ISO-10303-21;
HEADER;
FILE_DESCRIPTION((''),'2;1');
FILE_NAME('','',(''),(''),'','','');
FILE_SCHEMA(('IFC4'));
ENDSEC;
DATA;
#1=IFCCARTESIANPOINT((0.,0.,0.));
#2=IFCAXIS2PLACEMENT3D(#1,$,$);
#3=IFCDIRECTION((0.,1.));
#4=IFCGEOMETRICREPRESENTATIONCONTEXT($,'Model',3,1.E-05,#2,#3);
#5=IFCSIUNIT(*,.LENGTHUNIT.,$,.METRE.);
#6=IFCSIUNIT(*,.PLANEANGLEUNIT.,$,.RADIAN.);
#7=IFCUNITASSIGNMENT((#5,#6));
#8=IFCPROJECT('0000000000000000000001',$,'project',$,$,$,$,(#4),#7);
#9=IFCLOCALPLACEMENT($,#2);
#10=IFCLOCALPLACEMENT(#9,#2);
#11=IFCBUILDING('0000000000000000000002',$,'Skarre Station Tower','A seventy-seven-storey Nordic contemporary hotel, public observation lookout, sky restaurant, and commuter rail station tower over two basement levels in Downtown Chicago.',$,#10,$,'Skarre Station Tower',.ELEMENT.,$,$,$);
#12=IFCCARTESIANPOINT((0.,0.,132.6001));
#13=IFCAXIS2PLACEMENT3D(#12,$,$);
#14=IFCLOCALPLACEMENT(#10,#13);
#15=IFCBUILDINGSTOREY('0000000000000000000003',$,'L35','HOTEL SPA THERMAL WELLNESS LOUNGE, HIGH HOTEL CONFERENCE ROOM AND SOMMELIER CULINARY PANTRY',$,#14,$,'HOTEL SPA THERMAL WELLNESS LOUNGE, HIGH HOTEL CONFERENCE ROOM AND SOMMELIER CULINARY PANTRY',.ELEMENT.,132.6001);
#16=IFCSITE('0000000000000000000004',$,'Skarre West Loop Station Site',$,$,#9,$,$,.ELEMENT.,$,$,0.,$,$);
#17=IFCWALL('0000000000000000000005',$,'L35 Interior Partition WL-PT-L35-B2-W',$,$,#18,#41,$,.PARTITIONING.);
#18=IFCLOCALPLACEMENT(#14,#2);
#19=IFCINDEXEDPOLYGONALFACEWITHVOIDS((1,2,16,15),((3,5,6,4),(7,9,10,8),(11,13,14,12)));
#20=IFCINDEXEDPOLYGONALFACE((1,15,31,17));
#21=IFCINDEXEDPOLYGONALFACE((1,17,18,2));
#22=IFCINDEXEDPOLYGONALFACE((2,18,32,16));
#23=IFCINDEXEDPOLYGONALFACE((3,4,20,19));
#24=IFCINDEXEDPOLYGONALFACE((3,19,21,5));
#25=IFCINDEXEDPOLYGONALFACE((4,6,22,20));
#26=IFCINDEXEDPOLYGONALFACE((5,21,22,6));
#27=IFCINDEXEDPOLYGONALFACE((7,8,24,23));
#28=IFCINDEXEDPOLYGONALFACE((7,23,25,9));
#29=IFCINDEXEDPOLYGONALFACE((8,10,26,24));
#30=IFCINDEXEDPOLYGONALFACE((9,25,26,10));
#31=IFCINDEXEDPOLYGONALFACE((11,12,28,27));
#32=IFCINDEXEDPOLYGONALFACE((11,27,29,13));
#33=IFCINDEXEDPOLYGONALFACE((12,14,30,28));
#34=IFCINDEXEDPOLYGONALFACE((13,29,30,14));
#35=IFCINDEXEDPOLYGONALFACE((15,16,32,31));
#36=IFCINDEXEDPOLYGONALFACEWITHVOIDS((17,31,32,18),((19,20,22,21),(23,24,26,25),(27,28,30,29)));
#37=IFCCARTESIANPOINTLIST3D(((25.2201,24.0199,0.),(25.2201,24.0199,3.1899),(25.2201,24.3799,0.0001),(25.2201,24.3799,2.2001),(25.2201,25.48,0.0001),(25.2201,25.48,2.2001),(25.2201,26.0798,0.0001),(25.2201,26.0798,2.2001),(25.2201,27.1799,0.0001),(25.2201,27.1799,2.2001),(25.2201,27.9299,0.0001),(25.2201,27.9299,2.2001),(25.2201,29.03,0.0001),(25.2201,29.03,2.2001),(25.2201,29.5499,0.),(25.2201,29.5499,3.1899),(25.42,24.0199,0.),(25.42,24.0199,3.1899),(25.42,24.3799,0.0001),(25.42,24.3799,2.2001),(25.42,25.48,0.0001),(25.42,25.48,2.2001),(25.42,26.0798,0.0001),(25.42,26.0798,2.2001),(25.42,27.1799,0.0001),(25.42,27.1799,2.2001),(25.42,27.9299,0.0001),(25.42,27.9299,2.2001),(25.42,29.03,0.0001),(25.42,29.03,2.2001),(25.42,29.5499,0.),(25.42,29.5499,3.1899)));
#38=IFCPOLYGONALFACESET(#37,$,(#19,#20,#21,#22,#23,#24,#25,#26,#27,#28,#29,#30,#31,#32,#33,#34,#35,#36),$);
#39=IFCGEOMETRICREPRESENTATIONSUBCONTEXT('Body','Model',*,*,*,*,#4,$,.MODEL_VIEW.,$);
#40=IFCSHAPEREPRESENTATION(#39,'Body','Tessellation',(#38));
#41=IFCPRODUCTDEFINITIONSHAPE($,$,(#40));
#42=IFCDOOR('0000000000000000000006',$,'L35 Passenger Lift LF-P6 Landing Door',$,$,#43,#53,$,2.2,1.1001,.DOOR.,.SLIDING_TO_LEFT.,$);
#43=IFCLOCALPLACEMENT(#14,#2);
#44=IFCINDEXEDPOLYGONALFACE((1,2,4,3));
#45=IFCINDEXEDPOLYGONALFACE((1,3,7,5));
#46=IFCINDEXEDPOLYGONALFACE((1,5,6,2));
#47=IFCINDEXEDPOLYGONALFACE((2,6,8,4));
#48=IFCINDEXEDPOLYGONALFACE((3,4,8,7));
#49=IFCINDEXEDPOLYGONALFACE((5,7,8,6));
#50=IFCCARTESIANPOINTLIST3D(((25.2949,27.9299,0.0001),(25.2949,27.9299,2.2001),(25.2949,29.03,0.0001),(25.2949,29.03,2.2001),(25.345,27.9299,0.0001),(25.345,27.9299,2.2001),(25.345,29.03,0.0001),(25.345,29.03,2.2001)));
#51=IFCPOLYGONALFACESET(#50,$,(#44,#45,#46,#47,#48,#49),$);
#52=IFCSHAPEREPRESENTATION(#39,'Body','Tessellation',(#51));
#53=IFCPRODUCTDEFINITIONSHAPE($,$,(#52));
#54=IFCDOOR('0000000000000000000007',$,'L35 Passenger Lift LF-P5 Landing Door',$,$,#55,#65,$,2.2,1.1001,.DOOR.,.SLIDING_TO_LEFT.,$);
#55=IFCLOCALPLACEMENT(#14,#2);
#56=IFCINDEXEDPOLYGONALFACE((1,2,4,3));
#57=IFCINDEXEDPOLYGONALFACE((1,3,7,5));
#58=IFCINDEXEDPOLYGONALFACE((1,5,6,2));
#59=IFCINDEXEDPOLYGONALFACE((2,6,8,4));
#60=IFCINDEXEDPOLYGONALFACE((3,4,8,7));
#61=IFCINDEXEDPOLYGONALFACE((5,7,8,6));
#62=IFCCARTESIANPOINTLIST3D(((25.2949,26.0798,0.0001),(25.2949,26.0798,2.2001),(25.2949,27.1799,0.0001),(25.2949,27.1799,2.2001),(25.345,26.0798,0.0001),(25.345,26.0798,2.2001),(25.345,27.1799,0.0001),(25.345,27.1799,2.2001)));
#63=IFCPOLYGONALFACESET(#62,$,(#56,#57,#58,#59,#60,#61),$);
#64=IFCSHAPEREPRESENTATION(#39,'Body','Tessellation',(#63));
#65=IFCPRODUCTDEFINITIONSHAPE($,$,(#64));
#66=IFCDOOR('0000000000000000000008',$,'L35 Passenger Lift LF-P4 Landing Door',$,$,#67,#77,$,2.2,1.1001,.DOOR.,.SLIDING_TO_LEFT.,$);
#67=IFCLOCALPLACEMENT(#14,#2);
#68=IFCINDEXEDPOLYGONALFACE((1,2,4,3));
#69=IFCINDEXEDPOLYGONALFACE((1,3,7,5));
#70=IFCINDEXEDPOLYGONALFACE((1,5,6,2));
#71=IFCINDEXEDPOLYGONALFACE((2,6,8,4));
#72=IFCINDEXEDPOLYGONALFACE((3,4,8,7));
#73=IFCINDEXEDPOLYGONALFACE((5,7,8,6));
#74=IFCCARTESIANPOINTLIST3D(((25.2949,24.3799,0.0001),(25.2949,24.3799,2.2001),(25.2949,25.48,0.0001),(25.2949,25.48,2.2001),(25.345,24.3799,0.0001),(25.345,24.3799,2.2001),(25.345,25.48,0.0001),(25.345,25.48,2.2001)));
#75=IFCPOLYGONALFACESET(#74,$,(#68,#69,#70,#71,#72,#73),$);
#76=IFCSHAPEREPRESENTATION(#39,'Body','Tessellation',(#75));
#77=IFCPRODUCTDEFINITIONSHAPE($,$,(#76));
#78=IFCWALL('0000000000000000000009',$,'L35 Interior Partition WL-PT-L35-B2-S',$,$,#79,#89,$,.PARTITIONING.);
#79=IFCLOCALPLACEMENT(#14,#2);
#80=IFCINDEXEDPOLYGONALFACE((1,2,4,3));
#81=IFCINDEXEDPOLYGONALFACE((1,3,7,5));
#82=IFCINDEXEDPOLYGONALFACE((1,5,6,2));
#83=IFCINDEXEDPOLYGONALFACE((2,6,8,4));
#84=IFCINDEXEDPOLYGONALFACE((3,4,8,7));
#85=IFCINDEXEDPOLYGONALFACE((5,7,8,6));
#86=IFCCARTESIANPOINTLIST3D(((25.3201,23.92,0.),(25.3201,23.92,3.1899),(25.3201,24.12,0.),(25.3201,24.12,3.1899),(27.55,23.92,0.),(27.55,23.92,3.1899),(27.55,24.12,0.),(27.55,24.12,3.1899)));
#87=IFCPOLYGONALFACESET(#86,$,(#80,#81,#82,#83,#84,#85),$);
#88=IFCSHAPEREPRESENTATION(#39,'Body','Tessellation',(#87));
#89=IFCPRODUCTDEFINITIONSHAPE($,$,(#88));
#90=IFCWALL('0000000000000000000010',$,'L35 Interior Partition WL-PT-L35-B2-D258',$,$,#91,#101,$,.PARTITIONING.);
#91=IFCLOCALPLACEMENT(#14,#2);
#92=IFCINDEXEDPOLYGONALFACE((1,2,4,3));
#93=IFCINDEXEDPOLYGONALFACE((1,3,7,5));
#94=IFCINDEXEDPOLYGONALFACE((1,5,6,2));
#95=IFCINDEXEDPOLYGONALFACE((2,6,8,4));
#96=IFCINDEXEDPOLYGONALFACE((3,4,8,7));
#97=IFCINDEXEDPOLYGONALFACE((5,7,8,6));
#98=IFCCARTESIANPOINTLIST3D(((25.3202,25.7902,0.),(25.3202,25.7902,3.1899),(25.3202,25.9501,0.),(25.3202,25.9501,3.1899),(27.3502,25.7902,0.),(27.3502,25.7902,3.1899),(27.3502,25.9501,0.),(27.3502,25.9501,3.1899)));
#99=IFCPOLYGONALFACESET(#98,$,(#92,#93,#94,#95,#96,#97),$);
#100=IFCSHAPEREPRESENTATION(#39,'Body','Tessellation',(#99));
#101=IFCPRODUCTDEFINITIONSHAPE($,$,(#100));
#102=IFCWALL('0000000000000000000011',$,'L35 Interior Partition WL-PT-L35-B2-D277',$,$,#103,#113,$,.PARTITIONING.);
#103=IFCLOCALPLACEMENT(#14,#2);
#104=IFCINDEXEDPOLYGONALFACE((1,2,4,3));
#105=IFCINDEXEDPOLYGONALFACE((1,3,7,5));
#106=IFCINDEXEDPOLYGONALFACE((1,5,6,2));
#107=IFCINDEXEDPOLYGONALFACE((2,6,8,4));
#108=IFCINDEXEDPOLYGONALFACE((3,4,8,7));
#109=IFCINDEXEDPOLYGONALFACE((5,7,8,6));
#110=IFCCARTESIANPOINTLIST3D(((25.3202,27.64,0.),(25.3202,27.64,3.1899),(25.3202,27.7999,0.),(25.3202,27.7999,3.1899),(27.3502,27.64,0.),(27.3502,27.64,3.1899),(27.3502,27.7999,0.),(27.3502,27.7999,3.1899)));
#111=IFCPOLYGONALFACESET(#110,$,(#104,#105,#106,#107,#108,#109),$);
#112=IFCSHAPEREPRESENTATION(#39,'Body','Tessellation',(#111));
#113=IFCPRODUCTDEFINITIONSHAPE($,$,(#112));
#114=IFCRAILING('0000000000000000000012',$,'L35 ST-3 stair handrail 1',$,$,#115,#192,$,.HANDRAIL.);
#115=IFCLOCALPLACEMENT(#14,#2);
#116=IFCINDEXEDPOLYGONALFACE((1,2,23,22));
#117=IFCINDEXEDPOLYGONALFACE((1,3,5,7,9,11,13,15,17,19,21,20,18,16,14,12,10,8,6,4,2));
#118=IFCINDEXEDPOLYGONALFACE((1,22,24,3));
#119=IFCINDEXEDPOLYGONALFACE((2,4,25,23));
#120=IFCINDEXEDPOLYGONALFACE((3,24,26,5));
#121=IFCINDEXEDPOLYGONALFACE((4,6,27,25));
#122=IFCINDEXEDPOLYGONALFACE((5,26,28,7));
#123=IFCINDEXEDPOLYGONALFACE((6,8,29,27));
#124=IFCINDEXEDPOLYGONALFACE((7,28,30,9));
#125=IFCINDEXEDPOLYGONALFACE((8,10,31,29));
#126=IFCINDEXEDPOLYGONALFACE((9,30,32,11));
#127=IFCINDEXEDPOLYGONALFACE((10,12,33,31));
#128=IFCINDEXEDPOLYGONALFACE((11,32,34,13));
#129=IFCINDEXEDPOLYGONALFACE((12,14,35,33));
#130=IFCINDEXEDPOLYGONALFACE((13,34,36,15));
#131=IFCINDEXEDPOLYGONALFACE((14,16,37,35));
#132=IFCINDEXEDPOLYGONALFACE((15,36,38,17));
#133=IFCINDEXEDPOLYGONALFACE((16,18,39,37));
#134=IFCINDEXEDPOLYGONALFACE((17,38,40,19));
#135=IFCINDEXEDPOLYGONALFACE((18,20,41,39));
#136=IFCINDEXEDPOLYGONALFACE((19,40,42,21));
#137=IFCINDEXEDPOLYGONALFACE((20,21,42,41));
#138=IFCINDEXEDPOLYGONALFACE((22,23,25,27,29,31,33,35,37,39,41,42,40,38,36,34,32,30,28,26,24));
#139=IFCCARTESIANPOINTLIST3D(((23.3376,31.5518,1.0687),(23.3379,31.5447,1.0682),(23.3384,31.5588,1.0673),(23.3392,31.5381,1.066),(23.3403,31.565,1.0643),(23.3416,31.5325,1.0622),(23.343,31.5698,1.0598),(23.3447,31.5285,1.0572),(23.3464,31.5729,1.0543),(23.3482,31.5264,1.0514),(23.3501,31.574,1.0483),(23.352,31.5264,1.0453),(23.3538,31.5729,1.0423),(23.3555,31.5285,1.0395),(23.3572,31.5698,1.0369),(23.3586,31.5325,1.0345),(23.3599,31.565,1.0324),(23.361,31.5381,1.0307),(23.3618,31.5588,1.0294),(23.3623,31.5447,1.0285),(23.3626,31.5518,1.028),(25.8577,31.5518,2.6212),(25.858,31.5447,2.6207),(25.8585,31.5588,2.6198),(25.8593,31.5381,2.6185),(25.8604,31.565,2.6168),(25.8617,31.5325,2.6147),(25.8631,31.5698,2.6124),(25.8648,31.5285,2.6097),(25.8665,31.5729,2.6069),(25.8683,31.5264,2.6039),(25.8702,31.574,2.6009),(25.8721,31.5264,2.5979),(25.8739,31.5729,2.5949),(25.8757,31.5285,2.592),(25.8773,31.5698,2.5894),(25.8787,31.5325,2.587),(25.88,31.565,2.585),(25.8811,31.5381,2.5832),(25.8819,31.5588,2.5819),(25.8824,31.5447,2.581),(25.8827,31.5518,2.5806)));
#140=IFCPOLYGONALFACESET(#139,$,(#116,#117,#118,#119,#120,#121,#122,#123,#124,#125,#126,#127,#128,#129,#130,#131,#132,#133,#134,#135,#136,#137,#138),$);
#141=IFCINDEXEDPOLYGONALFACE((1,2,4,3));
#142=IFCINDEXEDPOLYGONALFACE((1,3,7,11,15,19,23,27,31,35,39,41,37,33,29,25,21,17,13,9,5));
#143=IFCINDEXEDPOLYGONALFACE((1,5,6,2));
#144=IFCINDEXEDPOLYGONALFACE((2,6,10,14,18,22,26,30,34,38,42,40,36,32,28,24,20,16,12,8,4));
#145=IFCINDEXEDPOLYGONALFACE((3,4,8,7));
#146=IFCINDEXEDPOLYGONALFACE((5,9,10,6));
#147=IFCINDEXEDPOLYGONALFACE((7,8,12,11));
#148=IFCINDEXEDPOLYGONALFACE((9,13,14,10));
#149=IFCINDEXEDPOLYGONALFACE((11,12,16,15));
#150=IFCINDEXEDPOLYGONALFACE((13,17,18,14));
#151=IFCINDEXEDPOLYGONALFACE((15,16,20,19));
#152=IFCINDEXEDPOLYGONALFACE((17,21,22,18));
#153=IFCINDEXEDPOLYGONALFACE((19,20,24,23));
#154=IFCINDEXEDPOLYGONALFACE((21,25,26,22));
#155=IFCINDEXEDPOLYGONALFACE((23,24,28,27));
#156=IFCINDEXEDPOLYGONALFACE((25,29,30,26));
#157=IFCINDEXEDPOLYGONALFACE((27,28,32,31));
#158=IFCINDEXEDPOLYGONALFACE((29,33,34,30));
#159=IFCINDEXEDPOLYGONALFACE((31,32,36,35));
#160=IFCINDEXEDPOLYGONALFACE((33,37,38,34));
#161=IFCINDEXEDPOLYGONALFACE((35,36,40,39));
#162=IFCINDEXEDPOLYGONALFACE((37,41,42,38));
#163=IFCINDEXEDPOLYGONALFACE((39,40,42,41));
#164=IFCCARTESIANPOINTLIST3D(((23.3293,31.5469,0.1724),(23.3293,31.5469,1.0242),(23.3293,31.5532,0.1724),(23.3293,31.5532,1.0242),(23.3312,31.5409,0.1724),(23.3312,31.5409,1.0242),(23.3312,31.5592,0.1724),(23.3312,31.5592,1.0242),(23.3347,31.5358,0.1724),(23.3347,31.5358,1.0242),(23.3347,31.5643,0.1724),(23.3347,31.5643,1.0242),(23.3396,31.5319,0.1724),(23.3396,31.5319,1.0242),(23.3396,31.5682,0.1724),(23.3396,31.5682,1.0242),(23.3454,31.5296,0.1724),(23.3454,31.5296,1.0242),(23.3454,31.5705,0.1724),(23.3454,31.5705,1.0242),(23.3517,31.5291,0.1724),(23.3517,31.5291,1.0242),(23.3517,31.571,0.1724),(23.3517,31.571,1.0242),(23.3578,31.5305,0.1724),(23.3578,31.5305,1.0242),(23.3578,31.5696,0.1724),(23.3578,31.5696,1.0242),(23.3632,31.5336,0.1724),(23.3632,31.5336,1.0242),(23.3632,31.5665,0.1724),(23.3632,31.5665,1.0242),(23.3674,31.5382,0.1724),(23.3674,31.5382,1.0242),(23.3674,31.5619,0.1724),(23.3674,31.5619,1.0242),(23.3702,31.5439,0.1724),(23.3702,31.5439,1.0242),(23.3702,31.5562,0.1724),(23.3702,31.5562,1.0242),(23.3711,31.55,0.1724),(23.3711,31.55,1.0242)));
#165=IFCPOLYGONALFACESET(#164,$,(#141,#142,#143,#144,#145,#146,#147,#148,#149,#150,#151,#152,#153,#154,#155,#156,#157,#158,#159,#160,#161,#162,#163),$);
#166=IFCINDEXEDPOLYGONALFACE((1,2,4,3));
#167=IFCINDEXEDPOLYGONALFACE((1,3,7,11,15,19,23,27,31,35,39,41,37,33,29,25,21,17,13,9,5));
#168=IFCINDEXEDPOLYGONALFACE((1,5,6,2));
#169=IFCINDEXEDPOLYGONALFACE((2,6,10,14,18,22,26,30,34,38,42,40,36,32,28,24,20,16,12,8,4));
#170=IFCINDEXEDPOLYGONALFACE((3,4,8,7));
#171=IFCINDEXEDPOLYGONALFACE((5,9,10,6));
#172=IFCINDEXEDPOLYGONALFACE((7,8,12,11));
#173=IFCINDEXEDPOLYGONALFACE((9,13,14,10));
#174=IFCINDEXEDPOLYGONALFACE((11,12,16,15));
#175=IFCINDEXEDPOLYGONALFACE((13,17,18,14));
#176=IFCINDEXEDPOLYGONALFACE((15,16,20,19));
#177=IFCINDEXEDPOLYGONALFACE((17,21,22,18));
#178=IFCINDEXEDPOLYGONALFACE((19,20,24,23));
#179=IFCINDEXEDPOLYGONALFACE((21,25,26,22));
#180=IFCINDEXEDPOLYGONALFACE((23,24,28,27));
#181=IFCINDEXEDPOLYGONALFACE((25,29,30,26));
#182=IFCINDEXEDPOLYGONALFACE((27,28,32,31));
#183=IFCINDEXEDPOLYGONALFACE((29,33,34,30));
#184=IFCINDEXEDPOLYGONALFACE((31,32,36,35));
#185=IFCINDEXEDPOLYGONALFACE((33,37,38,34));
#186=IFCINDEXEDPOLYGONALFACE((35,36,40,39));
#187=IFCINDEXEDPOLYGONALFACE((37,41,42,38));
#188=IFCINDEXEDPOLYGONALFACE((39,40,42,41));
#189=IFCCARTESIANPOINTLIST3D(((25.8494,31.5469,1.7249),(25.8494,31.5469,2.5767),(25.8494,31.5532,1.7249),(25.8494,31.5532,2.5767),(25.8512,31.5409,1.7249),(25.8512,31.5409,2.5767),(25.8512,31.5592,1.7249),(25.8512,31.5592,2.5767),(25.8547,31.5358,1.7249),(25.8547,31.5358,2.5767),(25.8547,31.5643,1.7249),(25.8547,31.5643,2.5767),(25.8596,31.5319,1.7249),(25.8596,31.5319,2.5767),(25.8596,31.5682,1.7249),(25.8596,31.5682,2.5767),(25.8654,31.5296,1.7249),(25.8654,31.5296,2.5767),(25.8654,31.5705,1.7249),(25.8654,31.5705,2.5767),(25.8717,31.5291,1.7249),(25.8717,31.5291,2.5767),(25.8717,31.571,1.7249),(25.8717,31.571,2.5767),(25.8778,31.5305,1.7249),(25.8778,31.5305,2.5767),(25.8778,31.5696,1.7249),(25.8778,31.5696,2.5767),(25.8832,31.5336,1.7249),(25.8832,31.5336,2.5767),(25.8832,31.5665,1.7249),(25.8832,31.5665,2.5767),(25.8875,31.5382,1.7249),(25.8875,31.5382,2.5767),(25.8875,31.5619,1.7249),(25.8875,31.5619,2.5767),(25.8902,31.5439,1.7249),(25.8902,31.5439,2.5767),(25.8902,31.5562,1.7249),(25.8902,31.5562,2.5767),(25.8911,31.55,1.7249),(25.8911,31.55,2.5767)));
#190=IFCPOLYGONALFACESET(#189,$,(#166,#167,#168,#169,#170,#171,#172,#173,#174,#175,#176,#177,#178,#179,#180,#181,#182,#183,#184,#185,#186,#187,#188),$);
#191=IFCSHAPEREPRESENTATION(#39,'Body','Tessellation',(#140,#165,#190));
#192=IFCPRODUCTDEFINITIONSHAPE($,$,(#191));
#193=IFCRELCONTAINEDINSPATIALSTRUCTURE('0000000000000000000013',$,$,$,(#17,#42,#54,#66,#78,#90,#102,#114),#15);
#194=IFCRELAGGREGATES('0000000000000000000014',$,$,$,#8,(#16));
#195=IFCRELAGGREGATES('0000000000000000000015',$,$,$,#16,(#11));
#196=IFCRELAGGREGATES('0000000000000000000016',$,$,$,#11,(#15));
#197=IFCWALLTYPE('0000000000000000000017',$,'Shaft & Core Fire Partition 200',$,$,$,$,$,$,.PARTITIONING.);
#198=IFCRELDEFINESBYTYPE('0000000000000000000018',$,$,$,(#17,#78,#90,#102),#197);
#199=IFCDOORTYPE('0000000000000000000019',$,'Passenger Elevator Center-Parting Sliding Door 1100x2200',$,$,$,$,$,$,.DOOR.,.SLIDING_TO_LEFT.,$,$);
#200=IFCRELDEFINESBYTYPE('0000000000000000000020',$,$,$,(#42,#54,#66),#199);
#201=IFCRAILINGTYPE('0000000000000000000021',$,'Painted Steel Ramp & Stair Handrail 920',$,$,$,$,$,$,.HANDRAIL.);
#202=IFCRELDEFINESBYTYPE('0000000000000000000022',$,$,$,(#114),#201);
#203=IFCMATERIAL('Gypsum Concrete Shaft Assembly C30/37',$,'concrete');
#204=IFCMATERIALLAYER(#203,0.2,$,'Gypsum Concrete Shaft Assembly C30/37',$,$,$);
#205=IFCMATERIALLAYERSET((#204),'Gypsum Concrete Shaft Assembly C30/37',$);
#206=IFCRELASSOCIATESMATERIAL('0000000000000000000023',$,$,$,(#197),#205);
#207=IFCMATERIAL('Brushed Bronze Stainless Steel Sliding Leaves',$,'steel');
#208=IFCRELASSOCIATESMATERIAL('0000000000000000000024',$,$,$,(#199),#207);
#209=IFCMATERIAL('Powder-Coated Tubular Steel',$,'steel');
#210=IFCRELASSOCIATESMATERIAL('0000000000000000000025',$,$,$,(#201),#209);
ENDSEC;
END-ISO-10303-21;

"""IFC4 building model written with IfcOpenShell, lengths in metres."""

from ifc_helpers import new_model, si_unit, direction, frame, frame_2d, origin, origin_2d, place, context, subcontext, project, spatial, rectangle, circle, extrude, material, layer, layer_set, type_object, element, fill, save


model = new_model("IFC4")

# Units and contexts
model_context = context("Model", 3, precision=1e-05, world=origin(), true_north=direction((0.0, 1.0)))
body_context = subcontext(model_context, "Body", "Model", "MODEL_VIEW")
ifc_project = project(units=[si_unit("LENGTHUNIT", "METRE"), si_unit("PLANEANGLEUNIT", "RADIAN")], contexts=[model_context])

# Site, building, storey
site_placement = place(None, origin())
site = spatial("IfcSite", under=ifc_project, at=site_placement, Name="Skarre West Loop Station Site", CompositionType="ELEMENT", RefElevation=0.0)
building_placement = place(site_placement, origin())
building = spatial("IfcBuilding", under=site, at=building_placement, Name="Skarre Station Tower", Description="A seventy-seven-storey Nordic contemporary hotel, public observation lookout, sky restaurant, and commuter rail station tower over two basement levels in Downtown Chicago.", LongName="Skarre Station Tower", CompositionType="ELEMENT")
storey_placement = place(building_placement, frame((0.0, 0.0, 132.6001)))
storey = spatial("IfcBuildingStorey", under=building, at=storey_placement, Name="L35", Description="HOTEL SPA THERMAL WELLNESS LOUNGE, HIGH HOTEL CONFERENCE ROOM AND SOMMELIER CULINARY PANTRY", LongName="HOTEL SPA THERMAL WELLNESS LOUNGE, HIGH HOTEL CONFERENCE ROOM AND SOMMELIER CULINARY PANTRY", CompositionType="ELEMENT", Elevation=132.6001)

# Shared definitions
ifc_material_1 = material(Name="Gypsum Concrete Shaft Assembly C30/37", Category="concrete")
ifc_layer_1 = layer(ifc_material_1, 0.2, Name="Gypsum Concrete Shaft Assembly C30/37")
ifc_layer_set_1 = layer_set([ifc_layer_1], Name="Gypsum Concrete Shaft Assembly C30/37")
wall_type_1 = type_object("IfcWallType", Name="Shaft & Core Fire Partition 200", PredefinedType="PARTITIONING", material=ifc_layer_set_1)

# Wall, openings, doors
wall_1_placement = place(storey_placement, frame((25.3201, 29.55, 0.0), z_axis=(0.0, 0.0, 1.0), x_axis=(0.0, -1.0, 0.0)))
wall_1 = element("IfcWall", 1, at=wall_1_placement, inside=storey, type_object=wall_type_1, Name="L35 Interior Partition WL-PT-L35-B2-W", PredefinedType="PARTITIONING", context=body_context, shape_type="SweptSolid", body=[
    extrude(rectangle(XDim=5.53, YDim=0.2, at=frame_2d((2.7651, 0.0))), origin(), (0.0, 0.0, 1.0), 3.1899),
])
opening_1_placement = place(wall_1_placement, frame((0.52, 0.0, 0.0)))
opening_1 = element("IfcOpeningElement", 2, at=opening_1_placement, cuts=wall_1, PredefinedType="OPENING", context=body_context, shape_type="SweptSolid", body=[
    extrude(rectangle(XDim=1.1001, YDim=2.2, at=frame_2d((0.55, 1.1001))), frame((0.0, 0.1099, 0.0), z_axis=(0.0, -1.0, 0.0), x_axis=(1.0, 0.0, 0.0)), (0.0, 0.0, 1.0), 0.22),
])
opening_2_placement = place(wall_1_placement, frame((2.3701, 0.0, 0.0)))
opening_2 = element("IfcOpeningElement", 3, at=opening_2_placement, cuts=wall_1, PredefinedType="OPENING", context=body_context, shape_type="SweptSolid", body=[
    extrude(rectangle(XDim=1.1001, YDim=2.2, at=frame_2d((0.55, 1.1001))), frame((0.0, 0.1099, 0.0), z_axis=(0.0, -1.0, 0.0), x_axis=(1.0, 0.0, 0.0)), (0.0, 0.0, 1.0), 0.22),
])
opening_3_placement = place(wall_1_placement, frame((4.0701, 0.0, 0.0)))
opening_3 = element("IfcOpeningElement", 4, at=opening_3_placement, cuts=wall_1, PredefinedType="OPENING", context=body_context, shape_type="SweptSolid", body=[
    extrude(rectangle(XDim=1.1001, YDim=2.2, at=frame_2d((0.55, 1.1001))), frame((0.0, 0.1099, 0.0), z_axis=(0.0, -1.0, 0.0), x_axis=(1.0, 0.0, 0.0)), (0.0, 0.0, 1.0), 0.22),
])
ifc_material_2 = material(Name="Brushed Bronze Stainless Steel Sliding Leaves", Category="steel")
door_type_1 = type_object("IfcDoorType", Name="Passenger Elevator Center-Parting Sliding Door 1100x2200", OperationType="SLIDING_TO_LEFT", PredefinedType="DOOR", material=ifc_material_2)
door_1_placement = place(opening_1_placement, origin())
door_1 = element("IfcDoor", 5, at=door_1_placement, inside=storey, type_object=door_type_1, Name="L35 Passenger Lift LF-P6 Landing Door", OperationType="SLIDING_TO_LEFT", OverallHeight=2.2, OverallWidth=1.1001, PredefinedType="DOOR", context=body_context, shape_type="SweptSolid", body=[
    extrude(rectangle(XDim=1.1001, YDim=2.2, at=frame_2d((0.55, 1.1001))), frame((0.0, 0.0249, 0.0), z_axis=(0.0, -1.0, 0.0), x_axis=(1.0, 0.0, 0.0)), (0.0, 0.0, 1.0), 0.05),
])
fill(opening_1, door_1)
door_2_placement = place(opening_2_placement, origin())
door_2 = element("IfcDoor", 6, at=door_2_placement, inside=storey, type_object=door_type_1, Name="L35 Passenger Lift LF-P5 Landing Door", OperationType="SLIDING_TO_LEFT", OverallHeight=2.2, OverallWidth=1.1001, PredefinedType="DOOR", context=body_context, shape_type="SweptSolid", body=[
    extrude(rectangle(XDim=1.1001, YDim=2.2, at=frame_2d((0.55, 1.1001))), frame((0.0, 0.0249, 0.0), z_axis=(0.0, -1.0, 0.0), x_axis=(1.0, 0.0, 0.0)), (0.0, 0.0, 1.0), 0.05),
])
fill(opening_2, door_2)
door_3_placement = place(opening_3_placement, origin())
door_3 = element("IfcDoor", 7, at=door_3_placement, inside=storey, type_object=door_type_1, Name="L35 Passenger Lift LF-P4 Landing Door", OperationType="SLIDING_TO_LEFT", OverallHeight=2.2, OverallWidth=1.1001, PredefinedType="DOOR", context=body_context, shape_type="SweptSolid", body=[
    extrude(rectangle(XDim=1.1001, YDim=2.2, at=frame_2d((0.55, 1.1001))), frame((0.0, 0.0249, 0.0), z_axis=(0.0, -1.0, 0.0), x_axis=(1.0, 0.0, 0.0)), (0.0, 0.0, 1.0), 0.05),
])
fill(opening_3, door_3)

# Walls
wall_2_placement = place(storey_placement, frame((25.3201, 24.02, 0.0), z_axis=(0.0, 0.0, 1.0), x_axis=(1.0, 0.0, 0.0)))
element("IfcWall", 8, at=wall_2_placement, inside=storey, type_object=wall_type_1, Name="L35 Interior Partition WL-PT-L35-B2-S", PredefinedType="PARTITIONING", context=body_context, shape_type="SweptSolid", body=[
    extrude(rectangle(XDim=2.23, YDim=0.2, at=frame_2d((1.115, 0.0))), origin(), (0.0, 0.0, 1.0), 3.1899),
])
for number, where, z_axis, x_axis, name in (
    (9, (25.3201, 25.8701, 0.0), (0.0, 0.0, 1.0), (1.0, 0.0, 0.0), "L35 Interior Partition WL-PT-L35-B2-D258"),
    (10, (25.3201, 27.72, 0.0), (0.0, 0.0, 1.0), (1.0, 0.0, 0.0), "L35 Interior Partition WL-PT-L35-B2-D277"),
):
    element("IfcWall", number, at=place(storey_placement, frame(where, z_axis=z_axis, x_axis=x_axis)), inside=storey, type_object=wall_type_1, Name=name, PredefinedType="PARTITIONING", context=body_context, shape_type="SweptSolid", body=[
        extrude(rectangle(XDim=2.03, YDim=0.1599, at=frame_2d((1.0151, 0.0))), origin(), (0.0, 0.0, 1.0), 3.1899),
    ])

# Railing
ifc_material_3 = material(Name="Powder-Coated Tubular Steel", Category="steel")
railing_type = type_object("IfcRailingType", Name="Painted Steel Ramp & Stair Handrail 920", PredefinedType="HANDRAIL", material=ifc_material_3)
railing_placement = place(storey_placement, frame((23.3501, 31.55, 0.1724)))
element("IfcRailing", 11, at=railing_placement, inside=storey, type_object=railing_type, Name="L35 ST-3 stair handrail 1", PredefinedType="HANDRAIL", context=body_context, shape_type="SweptSolid", body=[
    extrude(circle(Radius=0.0239, at=origin_2d()), frame((0.0, 0.0, 0.876), z_axis=(0.8514, 0.0, 0.524516), x_axis=(0.0, 1.0, 0.0)), (0.0, 0.0, 1.0), 2.96),
    extrude(circle(Radius=0.021, at=origin_2d()), origin(), (0.0, 0.0, 1.0), 0.8518),
    extrude(circle(Radius=0.021, at=origin_2d()), frame((2.52, 0.0, 1.5525)), (0.0, 0.0, 1.0), 0.8518),
])

save(model, "model.ifc")
